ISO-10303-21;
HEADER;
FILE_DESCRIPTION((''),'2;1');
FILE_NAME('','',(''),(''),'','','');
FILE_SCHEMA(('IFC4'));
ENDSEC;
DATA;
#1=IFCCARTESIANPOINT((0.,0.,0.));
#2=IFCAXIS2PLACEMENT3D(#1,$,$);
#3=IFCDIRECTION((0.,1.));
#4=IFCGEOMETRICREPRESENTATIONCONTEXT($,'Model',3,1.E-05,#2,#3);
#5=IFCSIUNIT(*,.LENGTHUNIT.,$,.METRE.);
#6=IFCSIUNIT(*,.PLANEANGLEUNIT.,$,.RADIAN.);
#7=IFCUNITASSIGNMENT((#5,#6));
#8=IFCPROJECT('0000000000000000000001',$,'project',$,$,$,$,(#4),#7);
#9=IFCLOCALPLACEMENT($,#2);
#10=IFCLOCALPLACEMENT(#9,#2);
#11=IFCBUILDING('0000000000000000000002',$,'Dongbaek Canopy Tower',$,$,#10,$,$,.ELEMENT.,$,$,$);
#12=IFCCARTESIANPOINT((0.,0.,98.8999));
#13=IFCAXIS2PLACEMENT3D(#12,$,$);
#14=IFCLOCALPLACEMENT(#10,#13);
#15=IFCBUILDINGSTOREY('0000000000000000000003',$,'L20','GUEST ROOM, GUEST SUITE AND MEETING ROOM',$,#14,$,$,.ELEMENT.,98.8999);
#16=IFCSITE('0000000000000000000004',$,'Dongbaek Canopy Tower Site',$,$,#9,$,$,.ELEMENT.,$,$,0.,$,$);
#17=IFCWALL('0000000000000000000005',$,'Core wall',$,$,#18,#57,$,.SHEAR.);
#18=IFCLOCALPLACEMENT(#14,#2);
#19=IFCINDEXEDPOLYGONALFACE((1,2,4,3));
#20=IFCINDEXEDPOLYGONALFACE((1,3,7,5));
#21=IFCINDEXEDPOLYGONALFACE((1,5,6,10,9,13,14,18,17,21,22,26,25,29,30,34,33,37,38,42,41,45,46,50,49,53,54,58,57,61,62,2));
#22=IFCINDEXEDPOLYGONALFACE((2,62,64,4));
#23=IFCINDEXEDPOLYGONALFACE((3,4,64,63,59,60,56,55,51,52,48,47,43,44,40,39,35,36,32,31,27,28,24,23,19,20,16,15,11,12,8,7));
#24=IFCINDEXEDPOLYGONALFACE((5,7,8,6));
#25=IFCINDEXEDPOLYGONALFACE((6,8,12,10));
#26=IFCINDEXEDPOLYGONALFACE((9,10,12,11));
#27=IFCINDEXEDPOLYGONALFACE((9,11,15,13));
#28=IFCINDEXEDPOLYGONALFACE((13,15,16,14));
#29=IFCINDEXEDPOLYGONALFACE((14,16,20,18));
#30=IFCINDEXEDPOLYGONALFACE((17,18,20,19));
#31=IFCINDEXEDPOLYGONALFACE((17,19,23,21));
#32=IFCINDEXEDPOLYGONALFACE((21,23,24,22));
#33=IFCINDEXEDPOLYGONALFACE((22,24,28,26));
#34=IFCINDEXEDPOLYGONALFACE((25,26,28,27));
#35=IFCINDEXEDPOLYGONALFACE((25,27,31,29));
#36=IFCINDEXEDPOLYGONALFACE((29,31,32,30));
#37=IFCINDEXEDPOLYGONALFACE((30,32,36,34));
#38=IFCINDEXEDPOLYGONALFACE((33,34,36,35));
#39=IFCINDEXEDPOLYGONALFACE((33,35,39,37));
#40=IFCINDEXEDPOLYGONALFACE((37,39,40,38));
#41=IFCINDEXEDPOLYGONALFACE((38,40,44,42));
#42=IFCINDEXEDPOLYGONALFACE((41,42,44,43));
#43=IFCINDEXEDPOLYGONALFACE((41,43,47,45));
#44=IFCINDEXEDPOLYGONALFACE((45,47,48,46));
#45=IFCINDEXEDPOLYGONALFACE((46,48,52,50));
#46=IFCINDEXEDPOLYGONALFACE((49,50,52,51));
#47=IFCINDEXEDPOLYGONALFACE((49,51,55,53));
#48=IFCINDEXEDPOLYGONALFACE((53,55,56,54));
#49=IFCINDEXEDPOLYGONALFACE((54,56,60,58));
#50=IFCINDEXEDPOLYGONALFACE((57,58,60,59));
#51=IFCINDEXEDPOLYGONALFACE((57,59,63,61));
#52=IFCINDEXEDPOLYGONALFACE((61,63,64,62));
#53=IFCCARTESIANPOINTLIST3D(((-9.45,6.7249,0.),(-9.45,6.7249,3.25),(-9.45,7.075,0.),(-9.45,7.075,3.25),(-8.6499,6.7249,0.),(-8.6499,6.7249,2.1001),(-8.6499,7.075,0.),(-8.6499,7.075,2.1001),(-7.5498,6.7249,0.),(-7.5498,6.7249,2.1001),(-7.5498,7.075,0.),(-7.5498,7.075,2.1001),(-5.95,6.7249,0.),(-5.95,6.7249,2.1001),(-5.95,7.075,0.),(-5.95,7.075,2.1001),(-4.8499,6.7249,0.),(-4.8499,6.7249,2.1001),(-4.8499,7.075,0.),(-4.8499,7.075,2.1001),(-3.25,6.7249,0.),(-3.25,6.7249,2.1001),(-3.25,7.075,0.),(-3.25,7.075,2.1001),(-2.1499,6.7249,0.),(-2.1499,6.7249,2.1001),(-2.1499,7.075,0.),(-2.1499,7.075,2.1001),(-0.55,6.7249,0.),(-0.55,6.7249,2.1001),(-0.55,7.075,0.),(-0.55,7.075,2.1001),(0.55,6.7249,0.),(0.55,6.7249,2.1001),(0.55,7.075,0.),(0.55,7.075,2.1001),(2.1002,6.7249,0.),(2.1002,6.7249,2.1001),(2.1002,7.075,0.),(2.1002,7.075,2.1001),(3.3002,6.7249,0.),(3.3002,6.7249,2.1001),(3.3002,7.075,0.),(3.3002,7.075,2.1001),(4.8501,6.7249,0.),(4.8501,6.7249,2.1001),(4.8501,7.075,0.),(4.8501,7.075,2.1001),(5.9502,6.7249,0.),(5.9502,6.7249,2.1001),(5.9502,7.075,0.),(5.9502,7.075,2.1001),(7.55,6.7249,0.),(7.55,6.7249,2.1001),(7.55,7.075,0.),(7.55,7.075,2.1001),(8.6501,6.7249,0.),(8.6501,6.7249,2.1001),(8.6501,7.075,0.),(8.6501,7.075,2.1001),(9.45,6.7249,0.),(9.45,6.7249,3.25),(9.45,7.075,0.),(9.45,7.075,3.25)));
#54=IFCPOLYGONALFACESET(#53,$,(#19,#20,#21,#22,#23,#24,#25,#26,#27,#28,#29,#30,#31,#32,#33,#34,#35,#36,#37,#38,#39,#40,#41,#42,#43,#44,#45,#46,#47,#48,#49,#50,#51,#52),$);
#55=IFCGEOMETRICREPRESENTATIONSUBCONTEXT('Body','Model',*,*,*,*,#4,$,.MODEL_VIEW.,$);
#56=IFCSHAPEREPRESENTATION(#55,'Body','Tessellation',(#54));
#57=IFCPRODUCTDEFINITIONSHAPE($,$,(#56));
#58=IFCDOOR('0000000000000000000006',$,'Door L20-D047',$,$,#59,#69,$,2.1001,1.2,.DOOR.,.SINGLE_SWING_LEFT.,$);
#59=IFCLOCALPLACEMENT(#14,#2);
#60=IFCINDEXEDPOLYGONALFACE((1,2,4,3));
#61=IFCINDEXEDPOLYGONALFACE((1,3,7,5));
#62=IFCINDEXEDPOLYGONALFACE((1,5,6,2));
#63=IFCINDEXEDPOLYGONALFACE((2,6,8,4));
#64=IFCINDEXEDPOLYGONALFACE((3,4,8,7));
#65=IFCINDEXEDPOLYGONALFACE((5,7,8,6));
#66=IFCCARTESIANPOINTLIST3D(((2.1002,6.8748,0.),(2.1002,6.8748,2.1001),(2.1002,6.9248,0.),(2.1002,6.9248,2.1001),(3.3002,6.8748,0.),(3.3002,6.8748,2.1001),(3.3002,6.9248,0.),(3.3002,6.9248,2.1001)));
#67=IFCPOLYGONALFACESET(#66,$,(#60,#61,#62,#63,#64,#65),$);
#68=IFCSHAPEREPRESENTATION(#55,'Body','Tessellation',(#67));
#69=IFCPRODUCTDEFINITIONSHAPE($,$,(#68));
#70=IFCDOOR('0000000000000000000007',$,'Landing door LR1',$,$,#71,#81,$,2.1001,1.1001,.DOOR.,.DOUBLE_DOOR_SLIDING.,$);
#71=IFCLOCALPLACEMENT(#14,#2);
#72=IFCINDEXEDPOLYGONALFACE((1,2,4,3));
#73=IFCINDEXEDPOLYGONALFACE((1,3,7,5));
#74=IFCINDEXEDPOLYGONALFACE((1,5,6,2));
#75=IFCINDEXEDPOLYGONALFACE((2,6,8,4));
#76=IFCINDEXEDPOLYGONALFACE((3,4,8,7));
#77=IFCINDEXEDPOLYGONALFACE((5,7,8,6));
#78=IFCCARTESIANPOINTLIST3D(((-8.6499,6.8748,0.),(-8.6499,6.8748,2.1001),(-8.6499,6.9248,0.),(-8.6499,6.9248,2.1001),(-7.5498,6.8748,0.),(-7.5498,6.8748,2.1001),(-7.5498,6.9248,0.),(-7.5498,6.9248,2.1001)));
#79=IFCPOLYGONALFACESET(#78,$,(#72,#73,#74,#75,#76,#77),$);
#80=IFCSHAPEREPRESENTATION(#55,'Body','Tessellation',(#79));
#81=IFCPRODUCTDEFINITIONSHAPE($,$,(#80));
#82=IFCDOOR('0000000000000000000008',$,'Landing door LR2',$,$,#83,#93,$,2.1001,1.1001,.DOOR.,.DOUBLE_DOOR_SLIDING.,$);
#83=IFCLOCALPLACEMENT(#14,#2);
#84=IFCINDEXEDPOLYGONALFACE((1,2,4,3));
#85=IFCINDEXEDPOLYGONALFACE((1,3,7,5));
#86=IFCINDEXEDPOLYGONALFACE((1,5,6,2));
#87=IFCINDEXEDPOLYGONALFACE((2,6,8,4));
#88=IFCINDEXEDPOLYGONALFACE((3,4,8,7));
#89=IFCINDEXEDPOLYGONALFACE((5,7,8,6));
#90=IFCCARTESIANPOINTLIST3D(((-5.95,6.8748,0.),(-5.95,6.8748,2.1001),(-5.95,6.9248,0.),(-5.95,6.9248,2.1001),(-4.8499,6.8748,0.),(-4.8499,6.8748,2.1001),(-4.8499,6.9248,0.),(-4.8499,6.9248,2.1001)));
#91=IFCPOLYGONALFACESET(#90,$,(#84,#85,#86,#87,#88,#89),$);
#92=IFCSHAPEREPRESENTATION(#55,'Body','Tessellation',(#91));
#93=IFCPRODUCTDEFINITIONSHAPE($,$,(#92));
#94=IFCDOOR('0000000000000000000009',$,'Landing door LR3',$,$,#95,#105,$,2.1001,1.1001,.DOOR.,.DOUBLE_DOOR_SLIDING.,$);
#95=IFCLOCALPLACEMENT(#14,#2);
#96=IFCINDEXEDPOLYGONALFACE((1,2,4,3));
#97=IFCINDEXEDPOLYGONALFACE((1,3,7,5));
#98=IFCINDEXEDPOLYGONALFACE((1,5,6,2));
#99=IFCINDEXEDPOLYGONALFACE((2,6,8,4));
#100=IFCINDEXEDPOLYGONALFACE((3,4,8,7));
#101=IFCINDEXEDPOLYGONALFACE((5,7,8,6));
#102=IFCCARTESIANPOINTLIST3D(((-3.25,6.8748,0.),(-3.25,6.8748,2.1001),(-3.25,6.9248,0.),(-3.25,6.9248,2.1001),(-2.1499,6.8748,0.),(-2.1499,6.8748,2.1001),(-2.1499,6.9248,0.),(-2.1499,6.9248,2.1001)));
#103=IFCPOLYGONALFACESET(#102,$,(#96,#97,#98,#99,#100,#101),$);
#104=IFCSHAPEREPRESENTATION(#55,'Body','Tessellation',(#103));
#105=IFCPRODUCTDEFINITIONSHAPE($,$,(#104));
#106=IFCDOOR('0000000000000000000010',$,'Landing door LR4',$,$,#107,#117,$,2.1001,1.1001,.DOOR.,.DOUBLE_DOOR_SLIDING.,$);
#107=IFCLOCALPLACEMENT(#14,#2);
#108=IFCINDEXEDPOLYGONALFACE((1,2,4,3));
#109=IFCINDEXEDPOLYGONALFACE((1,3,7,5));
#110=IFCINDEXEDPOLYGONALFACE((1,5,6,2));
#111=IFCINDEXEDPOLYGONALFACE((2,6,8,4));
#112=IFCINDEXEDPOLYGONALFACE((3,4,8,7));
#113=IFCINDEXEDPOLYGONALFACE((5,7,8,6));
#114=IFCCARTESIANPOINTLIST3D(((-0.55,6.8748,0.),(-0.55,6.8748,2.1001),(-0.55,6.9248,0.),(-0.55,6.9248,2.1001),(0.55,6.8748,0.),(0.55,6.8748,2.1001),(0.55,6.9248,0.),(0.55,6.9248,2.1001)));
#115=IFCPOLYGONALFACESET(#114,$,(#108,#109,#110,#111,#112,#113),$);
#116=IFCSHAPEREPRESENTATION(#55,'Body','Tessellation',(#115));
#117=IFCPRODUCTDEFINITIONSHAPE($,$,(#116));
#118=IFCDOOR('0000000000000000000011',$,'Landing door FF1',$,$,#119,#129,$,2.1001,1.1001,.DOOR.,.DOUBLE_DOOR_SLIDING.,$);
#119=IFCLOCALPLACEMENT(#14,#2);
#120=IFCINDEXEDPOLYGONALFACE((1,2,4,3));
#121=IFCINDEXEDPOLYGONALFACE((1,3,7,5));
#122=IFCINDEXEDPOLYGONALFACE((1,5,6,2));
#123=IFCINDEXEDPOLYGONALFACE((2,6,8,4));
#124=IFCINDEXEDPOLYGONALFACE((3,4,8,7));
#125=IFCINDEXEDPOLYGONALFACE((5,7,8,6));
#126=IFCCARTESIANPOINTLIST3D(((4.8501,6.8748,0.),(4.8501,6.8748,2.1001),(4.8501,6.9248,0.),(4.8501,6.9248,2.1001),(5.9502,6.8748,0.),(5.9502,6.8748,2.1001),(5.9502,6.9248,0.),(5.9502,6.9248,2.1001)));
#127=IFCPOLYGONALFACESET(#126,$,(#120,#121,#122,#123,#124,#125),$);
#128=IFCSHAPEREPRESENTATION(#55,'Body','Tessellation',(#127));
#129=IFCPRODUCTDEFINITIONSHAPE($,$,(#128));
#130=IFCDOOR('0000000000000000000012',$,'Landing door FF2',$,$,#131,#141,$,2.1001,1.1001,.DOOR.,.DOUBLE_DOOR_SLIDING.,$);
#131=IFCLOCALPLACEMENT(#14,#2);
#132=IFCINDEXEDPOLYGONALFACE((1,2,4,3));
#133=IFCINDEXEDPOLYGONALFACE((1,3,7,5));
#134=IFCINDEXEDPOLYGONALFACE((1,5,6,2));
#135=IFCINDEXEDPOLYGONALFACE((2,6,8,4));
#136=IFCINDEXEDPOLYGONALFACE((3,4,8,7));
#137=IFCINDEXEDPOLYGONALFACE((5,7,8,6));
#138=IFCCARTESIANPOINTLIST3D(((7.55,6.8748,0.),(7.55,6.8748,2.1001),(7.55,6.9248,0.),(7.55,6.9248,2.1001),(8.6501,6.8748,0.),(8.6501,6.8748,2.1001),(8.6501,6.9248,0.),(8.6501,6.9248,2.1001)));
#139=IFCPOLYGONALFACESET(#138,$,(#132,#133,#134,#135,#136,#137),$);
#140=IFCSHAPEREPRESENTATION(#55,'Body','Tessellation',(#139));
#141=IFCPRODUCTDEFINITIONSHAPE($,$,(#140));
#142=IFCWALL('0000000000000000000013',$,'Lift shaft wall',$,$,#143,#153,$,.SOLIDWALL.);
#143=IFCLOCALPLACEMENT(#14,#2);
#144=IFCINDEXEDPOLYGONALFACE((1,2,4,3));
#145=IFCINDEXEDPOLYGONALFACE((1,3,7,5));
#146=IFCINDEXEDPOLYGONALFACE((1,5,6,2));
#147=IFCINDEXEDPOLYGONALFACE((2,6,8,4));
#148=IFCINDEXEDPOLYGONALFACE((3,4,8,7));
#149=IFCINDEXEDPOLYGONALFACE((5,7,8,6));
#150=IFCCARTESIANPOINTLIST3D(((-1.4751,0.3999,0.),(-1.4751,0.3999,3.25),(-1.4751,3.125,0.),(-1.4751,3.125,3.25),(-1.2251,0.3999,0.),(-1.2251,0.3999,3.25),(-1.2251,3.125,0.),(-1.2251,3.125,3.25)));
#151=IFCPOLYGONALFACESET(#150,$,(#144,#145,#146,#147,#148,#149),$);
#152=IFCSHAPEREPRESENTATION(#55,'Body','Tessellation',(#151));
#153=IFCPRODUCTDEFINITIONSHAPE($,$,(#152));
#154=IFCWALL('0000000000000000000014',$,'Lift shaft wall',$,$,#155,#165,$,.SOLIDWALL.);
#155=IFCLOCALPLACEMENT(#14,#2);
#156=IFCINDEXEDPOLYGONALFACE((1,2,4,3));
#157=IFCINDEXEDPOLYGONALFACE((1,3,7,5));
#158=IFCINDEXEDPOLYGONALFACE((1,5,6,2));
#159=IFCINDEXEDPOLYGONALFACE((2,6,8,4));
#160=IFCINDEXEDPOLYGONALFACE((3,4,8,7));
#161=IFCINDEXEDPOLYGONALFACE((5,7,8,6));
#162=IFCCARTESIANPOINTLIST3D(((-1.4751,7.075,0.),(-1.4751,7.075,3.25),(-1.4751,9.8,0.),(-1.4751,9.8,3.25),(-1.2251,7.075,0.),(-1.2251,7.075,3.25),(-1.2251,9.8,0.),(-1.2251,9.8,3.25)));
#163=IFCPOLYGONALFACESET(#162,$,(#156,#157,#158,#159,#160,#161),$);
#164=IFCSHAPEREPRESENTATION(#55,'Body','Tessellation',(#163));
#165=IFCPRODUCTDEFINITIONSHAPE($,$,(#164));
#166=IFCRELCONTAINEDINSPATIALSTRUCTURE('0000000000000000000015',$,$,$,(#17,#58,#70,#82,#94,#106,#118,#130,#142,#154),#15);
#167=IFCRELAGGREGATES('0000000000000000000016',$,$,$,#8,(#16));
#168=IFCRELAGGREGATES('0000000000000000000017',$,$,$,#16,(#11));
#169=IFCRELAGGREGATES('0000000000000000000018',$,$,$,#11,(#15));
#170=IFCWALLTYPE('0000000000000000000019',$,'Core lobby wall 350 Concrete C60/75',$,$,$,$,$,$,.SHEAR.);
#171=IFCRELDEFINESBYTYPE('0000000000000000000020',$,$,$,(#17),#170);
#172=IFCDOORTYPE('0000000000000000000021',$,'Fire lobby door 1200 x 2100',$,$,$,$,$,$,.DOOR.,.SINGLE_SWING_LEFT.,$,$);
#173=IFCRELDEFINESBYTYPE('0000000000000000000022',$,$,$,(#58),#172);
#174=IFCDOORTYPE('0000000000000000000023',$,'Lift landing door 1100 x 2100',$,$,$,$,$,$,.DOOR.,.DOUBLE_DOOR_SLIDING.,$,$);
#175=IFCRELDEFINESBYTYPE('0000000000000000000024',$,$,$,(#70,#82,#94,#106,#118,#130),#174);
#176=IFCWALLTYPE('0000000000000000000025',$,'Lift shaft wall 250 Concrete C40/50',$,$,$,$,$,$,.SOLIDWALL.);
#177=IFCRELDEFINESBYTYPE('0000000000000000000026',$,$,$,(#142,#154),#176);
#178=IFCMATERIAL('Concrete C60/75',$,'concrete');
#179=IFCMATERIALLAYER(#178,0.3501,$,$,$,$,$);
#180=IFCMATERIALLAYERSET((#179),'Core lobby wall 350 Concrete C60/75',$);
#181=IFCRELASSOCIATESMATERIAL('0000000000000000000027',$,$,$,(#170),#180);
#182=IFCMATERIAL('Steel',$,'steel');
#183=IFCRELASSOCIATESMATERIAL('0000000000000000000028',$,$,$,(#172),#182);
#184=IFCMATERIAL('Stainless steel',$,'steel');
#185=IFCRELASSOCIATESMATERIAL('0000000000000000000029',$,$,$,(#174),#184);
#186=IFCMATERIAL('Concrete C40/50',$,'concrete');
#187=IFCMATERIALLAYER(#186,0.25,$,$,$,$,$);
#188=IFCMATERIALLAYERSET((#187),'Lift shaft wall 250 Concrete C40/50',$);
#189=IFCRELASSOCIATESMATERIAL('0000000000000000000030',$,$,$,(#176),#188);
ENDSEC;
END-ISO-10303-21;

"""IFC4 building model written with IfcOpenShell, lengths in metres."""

from ifc_helpers import new_model, si_unit, direction, frame, frame_2d, origin, place, context, subcontext, project, spatial, rectangle, extrude, material, layer, layer_set, type_object, element, fill, save


model = new_model("IFC4")

# Units and contexts
model_context = context("Model", 3, precision=1e-05, world=origin(), true_north=direction((0.0, 1.0)))
body_context = subcontext(model_context, "Body", "Model", "MODEL_VIEW")
ifc_project = project(units=[si_unit("LENGTHUNIT", "METRE"), si_unit("PLANEANGLEUNIT", "RADIAN")], contexts=[model_context])

# Site, building, storey
site_placement = place(None, origin())
site = spatial("IfcSite", under=ifc_project, at=site_placement, Name="Dongbaek Canopy Tower Site", CompositionType="ELEMENT", RefElevation=0.0)
building_placement = place(site_placement, origin())
building = spatial("IfcBuilding", under=site, at=building_placement, Name="Dongbaek Canopy Tower", CompositionType="ELEMENT")
storey_placement = place(building_placement, frame((0.0, 0.0, 98.8999)))
storey = spatial("IfcBuildingStorey", under=building, at=storey_placement, Name="L20", Description="GUEST ROOM, GUEST SUITE AND MEETING ROOM", CompositionType="ELEMENT", Elevation=98.8999)

# Wall, openings, doors
ifc_material_1 = material(Name="Concrete C60/75", Category="concrete")
ifc_layer_1 = layer(ifc_material_1, 0.3501)
ifc_layer_set_1 = layer_set([ifc_layer_1], Name="Core lobby wall 350 Concrete C60/75")
wall_type_1 = type_object("IfcWallType", Name="Core lobby wall 350 Concrete C60/75", PredefinedType="SHEAR", material=ifc_layer_set_1)
wall_1_placement = place(storey_placement, frame((-9.45, 6.8999, 0.0), z_axis=(0.0, 0.0, 1.0), x_axis=(1.0, 0.0, 0.0)))
wall_1 = element("IfcWall", 1, at=wall_1_placement, inside=storey, type_object=wall_type_1, Name="Core wall", PredefinedType="SHEAR", context=body_context, shape_type="SweptSolid", body=[
    extrude(rectangle(XDim=18.8999, YDim=0.3501, at=frame_2d((9.45, 0.0))), origin(), (0.0, 0.0, 1.0), 3.25),
])
opening_1_placement = place(wall_1_placement, frame((0.8, 0.0, 0.0)))
opening_1 = element("IfcOpeningElement", 2, at=opening_1_placement, cuts=wall_1, PredefinedType="OPENING", context=body_context, shape_type="SweptSolid", body=[
    extrude(rectangle(XDim=1.1001, YDim=2.1001, at=frame_2d((0.55, 1.05))), frame((0.0, 0.1851, 0.0), z_axis=(0.0, -1.0, 0.0), x_axis=(1.0, 0.0, 0.0)), (0.0, 0.0, 1.0), 0.3701),
])
opening_2_placement = place(wall_1_placement, frame((3.5, 0.0, 0.0)))
opening_2 = element("IfcOpeningElement", 3, at=opening_2_placement, cuts=wall_1, PredefinedType="OPENING", context=body_context, shape_type="SweptSolid", body=[
    extrude(rectangle(XDim=1.1001, YDim=2.1001, at=frame_2d((0.55, 1.05))), frame((0.0, 0.1851, 0.0), z_axis=(0.0, -1.0, 0.0), x_axis=(1.0, 0.0, 0.0)), (0.0, 0.0, 1.0), 0.3701),
])
opening_3_placement = place(wall_1_placement, frame((6.2, 0.0, 0.0)))
opening_3 = element("IfcOpeningElement", 4, at=opening_3_placement, cuts=wall_1, PredefinedType="OPENING", context=body_context, shape_type="SweptSolid", body=[
    extrude(rectangle(XDim=1.1001, YDim=2.1001, at=frame_2d((0.55, 1.05))), frame((0.0, 0.1851, 0.0), z_axis=(0.0, -1.0, 0.0), x_axis=(1.0, 0.0, 0.0)), (0.0, 0.0, 1.0), 0.3701),
])
opening_4_placement = place(wall_1_placement, frame((8.8999, 0.0, 0.0)))
opening_4 = element("IfcOpeningElement", 5, at=opening_4_placement, cuts=wall_1, PredefinedType="OPENING", context=body_context, shape_type="SweptSolid", body=[
    extrude(rectangle(XDim=1.1001, YDim=2.1001, at=frame_2d((0.55, 1.05))), frame((0.0, 0.1851, 0.0), z_axis=(0.0, -1.0, 0.0), x_axis=(1.0, 0.0, 0.0)), (0.0, 0.0, 1.0), 0.3701),
])
opening_5_placement = place(wall_1_placement, frame((11.55, 0.0, 0.0)))
opening_5 = element("IfcOpeningElement", 6, at=opening_5_placement, cuts=wall_1, PredefinedType="OPENING", context=body_context, shape_type="SweptSolid", body=[
    extrude(rectangle(XDim=1.2, YDim=2.1001, at=frame_2d((0.6001, 1.05))), frame((0.0, 0.1851, 0.0), z_axis=(0.0, -1.0, 0.0), x_axis=(1.0, 0.0, 0.0)), (0.0, 0.0, 1.0), 0.3701),
])
opening_6_placement = place(wall_1_placement, frame((14.3, 0.0, 0.0)))
opening_6 = element("IfcOpeningElement", 7, at=opening_6_placement, cuts=wall_1, PredefinedType="OPENING", context=body_context, shape_type="SweptSolid", body=[
    extrude(rectangle(XDim=1.1001, YDim=2.1001, at=frame_2d((0.55, 1.05))), frame((0.0, 0.1851, 0.0), z_axis=(0.0, -1.0, 0.0), x_axis=(1.0, 0.0, 0.0)), (0.0, 0.0, 1.0), 0.3701),
])
opening_7_placement = place(wall_1_placement, frame((17.0, 0.0, 0.0)))
opening_7 = element("IfcOpeningElement", 8, at=opening_7_placement, cuts=wall_1, PredefinedType="OPENING", context=body_context, shape_type="SweptSolid", body=[
    extrude(rectangle(XDim=1.1001, YDim=2.1001, at=frame_2d((0.55, 1.05))), frame((0.0, 0.1851, 0.0), z_axis=(0.0, -1.0, 0.0), x_axis=(1.0, 0.0, 0.0)), (0.0, 0.0, 1.0), 0.3701),
])
ifc_material_2 = material(Name="Steel", Category="steel")
door_type_1 = type_object("IfcDoorType", Name="Fire lobby door 1200 x 2100", OperationType="SINGLE_SWING_LEFT", PredefinedType="DOOR", material=ifc_material_2)
door_1_placement = place(opening_5_placement, origin())
door_1 = element("IfcDoor", 9, at=door_1_placement, inside=storey, type_object=door_type_1, Name="Door L20-D047", OperationType="SINGLE_SWING_LEFT", OverallHeight=2.1001, OverallWidth=1.2, PredefinedType="DOOR", context=body_context, shape_type="SweptSolid", body=[
    extrude(rectangle(XDim=1.2, YDim=2.1001, at=frame_2d((0.6001, 1.05))), frame((0.0, 0.0249, 0.0), z_axis=(0.0, -1.0, 0.0), x_axis=(1.0, 0.0, 0.0)), (0.0, 0.0, 1.0), 0.05),
])
fill(opening_5, door_1)
ifc_material_3 = material(Name="Stainless steel", Category="steel")
door_type_2 = type_object("IfcDoorType", Name="Lift landing door 1100 x 2100", OperationType="DOUBLE_DOOR_SLIDING", PredefinedType="DOOR", material=ifc_material_3)
door_2_placement = place(opening_1_placement, origin())
door_2 = element("IfcDoor", 10, at=door_2_placement, inside=storey, type_object=door_type_2, Name="Landing door LR1", OperationType="DOUBLE_DOOR_SLIDING", OverallHeight=2.1001, OverallWidth=1.1001, PredefinedType="DOOR", context=body_context, shape_type="SweptSolid", body=[
    extrude(rectangle(XDim=1.1001, YDim=2.1001, at=frame_2d((0.55, 1.05))), frame((0.0, 0.0249, 0.0), z_axis=(0.0, -1.0, 0.0), x_axis=(1.0, 0.0, 0.0)), (0.0, 0.0, 1.0), 0.05),
])
fill(opening_1, door_2)
door_3_placement = place(opening_2_placement, origin())
door_3 = element("IfcDoor", 11, at=door_3_placement, inside=storey, type_object=door_type_2, Name="Landing door LR2", OperationType="DOUBLE_DOOR_SLIDING", OverallHeight=2.1001, OverallWidth=1.1001, PredefinedType="DOOR", context=body_context, shape_type="SweptSolid", body=[
    extrude(rectangle(XDim=1.1001, YDim=2.1001, at=frame_2d((0.55, 1.05))), frame((0.0, 0.0249, 0.0), z_axis=(0.0, -1.0, 0.0), x_axis=(1.0, 0.0, 0.0)), (0.0, 0.0, 1.0), 0.05),
])
fill(opening_2, door_3)
door_4_placement = place(opening_3_placement, origin())
door_4 = element("IfcDoor", 12, at=door_4_placement, inside=storey, type_object=door_type_2, Name="Landing door LR3", OperationType="DOUBLE_DOOR_SLIDING", OverallHeight=2.1001, OverallWidth=1.1001, PredefinedType="DOOR", context=body_context, shape_type="SweptSolid", body=[
    extrude(rectangle(XDim=1.1001, YDim=2.1001, at=frame_2d((0.55, 1.05))), frame((0.0, 0.0249, 0.0), z_axis=(0.0, -1.0, 0.0), x_axis=(1.0, 0.0, 0.0)), (0.0, 0.0, 1.0), 0.05),
])
fill(opening_3, door_4)
door_5_placement = place(opening_4_placement, origin())
door_5 = element("IfcDoor", 13, at=door_5_placement, inside=storey, type_object=door_type_2, Name="Landing door LR4", OperationType="DOUBLE_DOOR_SLIDING", OverallHeight=2.1001, OverallWidth=1.1001, PredefinedType="DOOR", context=body_context, shape_type="SweptSolid", body=[
    extrude(rectangle(XDim=1.1001, YDim=2.1001, at=frame_2d((0.55, 1.05))), frame((0.0, 0.0249, 0.0), z_axis=(0.0, -1.0, 0.0), x_axis=(1.0, 0.0, 0.0)), (0.0, 0.0, 1.0), 0.05),
])
fill(opening_4, door_5)
door_6_placement = place(opening_6_placement, origin())
door_6 = element("IfcDoor", 14, at=door_6_placement, inside=storey, type_object=door_type_2, Name="Landing door FF1", OperationType="DOUBLE_DOOR_SLIDING", OverallHeight=2.1001, OverallWidth=1.1001, PredefinedType="DOOR", context=body_context, shape_type="SweptSolid", body=[
    extrude(rectangle(XDim=1.1001, YDim=2.1001, at=frame_2d((0.55, 1.05))), frame((0.0, 0.0249, 0.0), z_axis=(0.0, -1.0, 0.0), x_axis=(1.0, 0.0, 0.0)), (0.0, 0.0, 1.0), 0.05),
])
fill(opening_6, door_6)
door_7_placement = place(opening_7_placement, origin())
door_7 = element("IfcDoor", 15, at=door_7_placement, inside=storey, type_object=door_type_2, Name="Landing door FF2", OperationType="DOUBLE_DOOR_SLIDING", OverallHeight=2.1001, OverallWidth=1.1001, PredefinedType="DOOR", context=body_context, shape_type="SweptSolid", body=[
    extrude(rectangle(XDim=1.1001, YDim=2.1001, at=frame_2d((0.55, 1.05))), frame((0.0, 0.0249, 0.0), z_axis=(0.0, -1.0, 0.0), x_axis=(1.0, 0.0, 0.0)), (0.0, 0.0, 1.0), 0.05),
])
fill(opening_7, door_7)

# Walls
ifc_material_4 = material(Name="Concrete C40/50", Category="concrete")
ifc_layer_2 = layer(ifc_material_4, 0.25)
ifc_layer_set_2 = layer_set([ifc_layer_2], Name="Lift shaft wall 250 Concrete C40/50")
wall_type_2 = type_object("IfcWallType", Name="Lift shaft wall 250 Concrete C40/50", PredefinedType="SOLIDWALL", material=ifc_layer_set_2)
for number, where, z_axis, x_axis, name in (
    (16, (-1.3501, 0.3999, 0.0), (0.0, 0.0, 1.0), (0.0, 1.0, 0.0), "Lift shaft wall"),
    (17, (-1.3501, 7.075, 0.0), (0.0, 0.0, 1.0), (0.0, 1.0, 0.0), "Lift shaft wall"),
):
    element("IfcWall", number, at=place(storey_placement, frame(where, z_axis=z_axis, x_axis=x_axis)), inside=storey, type_object=wall_type_2, Name=name, PredefinedType="SOLIDWALL", context=body_context, shape_type="SweptSolid", body=[
        extrude(rectangle(XDim=2.7251, YDim=0.25, at=frame_2d((1.3625, 0.0))), origin(), (0.0, 0.0, 1.0), 3.25),
    ])

save(model, "model.ifc")
